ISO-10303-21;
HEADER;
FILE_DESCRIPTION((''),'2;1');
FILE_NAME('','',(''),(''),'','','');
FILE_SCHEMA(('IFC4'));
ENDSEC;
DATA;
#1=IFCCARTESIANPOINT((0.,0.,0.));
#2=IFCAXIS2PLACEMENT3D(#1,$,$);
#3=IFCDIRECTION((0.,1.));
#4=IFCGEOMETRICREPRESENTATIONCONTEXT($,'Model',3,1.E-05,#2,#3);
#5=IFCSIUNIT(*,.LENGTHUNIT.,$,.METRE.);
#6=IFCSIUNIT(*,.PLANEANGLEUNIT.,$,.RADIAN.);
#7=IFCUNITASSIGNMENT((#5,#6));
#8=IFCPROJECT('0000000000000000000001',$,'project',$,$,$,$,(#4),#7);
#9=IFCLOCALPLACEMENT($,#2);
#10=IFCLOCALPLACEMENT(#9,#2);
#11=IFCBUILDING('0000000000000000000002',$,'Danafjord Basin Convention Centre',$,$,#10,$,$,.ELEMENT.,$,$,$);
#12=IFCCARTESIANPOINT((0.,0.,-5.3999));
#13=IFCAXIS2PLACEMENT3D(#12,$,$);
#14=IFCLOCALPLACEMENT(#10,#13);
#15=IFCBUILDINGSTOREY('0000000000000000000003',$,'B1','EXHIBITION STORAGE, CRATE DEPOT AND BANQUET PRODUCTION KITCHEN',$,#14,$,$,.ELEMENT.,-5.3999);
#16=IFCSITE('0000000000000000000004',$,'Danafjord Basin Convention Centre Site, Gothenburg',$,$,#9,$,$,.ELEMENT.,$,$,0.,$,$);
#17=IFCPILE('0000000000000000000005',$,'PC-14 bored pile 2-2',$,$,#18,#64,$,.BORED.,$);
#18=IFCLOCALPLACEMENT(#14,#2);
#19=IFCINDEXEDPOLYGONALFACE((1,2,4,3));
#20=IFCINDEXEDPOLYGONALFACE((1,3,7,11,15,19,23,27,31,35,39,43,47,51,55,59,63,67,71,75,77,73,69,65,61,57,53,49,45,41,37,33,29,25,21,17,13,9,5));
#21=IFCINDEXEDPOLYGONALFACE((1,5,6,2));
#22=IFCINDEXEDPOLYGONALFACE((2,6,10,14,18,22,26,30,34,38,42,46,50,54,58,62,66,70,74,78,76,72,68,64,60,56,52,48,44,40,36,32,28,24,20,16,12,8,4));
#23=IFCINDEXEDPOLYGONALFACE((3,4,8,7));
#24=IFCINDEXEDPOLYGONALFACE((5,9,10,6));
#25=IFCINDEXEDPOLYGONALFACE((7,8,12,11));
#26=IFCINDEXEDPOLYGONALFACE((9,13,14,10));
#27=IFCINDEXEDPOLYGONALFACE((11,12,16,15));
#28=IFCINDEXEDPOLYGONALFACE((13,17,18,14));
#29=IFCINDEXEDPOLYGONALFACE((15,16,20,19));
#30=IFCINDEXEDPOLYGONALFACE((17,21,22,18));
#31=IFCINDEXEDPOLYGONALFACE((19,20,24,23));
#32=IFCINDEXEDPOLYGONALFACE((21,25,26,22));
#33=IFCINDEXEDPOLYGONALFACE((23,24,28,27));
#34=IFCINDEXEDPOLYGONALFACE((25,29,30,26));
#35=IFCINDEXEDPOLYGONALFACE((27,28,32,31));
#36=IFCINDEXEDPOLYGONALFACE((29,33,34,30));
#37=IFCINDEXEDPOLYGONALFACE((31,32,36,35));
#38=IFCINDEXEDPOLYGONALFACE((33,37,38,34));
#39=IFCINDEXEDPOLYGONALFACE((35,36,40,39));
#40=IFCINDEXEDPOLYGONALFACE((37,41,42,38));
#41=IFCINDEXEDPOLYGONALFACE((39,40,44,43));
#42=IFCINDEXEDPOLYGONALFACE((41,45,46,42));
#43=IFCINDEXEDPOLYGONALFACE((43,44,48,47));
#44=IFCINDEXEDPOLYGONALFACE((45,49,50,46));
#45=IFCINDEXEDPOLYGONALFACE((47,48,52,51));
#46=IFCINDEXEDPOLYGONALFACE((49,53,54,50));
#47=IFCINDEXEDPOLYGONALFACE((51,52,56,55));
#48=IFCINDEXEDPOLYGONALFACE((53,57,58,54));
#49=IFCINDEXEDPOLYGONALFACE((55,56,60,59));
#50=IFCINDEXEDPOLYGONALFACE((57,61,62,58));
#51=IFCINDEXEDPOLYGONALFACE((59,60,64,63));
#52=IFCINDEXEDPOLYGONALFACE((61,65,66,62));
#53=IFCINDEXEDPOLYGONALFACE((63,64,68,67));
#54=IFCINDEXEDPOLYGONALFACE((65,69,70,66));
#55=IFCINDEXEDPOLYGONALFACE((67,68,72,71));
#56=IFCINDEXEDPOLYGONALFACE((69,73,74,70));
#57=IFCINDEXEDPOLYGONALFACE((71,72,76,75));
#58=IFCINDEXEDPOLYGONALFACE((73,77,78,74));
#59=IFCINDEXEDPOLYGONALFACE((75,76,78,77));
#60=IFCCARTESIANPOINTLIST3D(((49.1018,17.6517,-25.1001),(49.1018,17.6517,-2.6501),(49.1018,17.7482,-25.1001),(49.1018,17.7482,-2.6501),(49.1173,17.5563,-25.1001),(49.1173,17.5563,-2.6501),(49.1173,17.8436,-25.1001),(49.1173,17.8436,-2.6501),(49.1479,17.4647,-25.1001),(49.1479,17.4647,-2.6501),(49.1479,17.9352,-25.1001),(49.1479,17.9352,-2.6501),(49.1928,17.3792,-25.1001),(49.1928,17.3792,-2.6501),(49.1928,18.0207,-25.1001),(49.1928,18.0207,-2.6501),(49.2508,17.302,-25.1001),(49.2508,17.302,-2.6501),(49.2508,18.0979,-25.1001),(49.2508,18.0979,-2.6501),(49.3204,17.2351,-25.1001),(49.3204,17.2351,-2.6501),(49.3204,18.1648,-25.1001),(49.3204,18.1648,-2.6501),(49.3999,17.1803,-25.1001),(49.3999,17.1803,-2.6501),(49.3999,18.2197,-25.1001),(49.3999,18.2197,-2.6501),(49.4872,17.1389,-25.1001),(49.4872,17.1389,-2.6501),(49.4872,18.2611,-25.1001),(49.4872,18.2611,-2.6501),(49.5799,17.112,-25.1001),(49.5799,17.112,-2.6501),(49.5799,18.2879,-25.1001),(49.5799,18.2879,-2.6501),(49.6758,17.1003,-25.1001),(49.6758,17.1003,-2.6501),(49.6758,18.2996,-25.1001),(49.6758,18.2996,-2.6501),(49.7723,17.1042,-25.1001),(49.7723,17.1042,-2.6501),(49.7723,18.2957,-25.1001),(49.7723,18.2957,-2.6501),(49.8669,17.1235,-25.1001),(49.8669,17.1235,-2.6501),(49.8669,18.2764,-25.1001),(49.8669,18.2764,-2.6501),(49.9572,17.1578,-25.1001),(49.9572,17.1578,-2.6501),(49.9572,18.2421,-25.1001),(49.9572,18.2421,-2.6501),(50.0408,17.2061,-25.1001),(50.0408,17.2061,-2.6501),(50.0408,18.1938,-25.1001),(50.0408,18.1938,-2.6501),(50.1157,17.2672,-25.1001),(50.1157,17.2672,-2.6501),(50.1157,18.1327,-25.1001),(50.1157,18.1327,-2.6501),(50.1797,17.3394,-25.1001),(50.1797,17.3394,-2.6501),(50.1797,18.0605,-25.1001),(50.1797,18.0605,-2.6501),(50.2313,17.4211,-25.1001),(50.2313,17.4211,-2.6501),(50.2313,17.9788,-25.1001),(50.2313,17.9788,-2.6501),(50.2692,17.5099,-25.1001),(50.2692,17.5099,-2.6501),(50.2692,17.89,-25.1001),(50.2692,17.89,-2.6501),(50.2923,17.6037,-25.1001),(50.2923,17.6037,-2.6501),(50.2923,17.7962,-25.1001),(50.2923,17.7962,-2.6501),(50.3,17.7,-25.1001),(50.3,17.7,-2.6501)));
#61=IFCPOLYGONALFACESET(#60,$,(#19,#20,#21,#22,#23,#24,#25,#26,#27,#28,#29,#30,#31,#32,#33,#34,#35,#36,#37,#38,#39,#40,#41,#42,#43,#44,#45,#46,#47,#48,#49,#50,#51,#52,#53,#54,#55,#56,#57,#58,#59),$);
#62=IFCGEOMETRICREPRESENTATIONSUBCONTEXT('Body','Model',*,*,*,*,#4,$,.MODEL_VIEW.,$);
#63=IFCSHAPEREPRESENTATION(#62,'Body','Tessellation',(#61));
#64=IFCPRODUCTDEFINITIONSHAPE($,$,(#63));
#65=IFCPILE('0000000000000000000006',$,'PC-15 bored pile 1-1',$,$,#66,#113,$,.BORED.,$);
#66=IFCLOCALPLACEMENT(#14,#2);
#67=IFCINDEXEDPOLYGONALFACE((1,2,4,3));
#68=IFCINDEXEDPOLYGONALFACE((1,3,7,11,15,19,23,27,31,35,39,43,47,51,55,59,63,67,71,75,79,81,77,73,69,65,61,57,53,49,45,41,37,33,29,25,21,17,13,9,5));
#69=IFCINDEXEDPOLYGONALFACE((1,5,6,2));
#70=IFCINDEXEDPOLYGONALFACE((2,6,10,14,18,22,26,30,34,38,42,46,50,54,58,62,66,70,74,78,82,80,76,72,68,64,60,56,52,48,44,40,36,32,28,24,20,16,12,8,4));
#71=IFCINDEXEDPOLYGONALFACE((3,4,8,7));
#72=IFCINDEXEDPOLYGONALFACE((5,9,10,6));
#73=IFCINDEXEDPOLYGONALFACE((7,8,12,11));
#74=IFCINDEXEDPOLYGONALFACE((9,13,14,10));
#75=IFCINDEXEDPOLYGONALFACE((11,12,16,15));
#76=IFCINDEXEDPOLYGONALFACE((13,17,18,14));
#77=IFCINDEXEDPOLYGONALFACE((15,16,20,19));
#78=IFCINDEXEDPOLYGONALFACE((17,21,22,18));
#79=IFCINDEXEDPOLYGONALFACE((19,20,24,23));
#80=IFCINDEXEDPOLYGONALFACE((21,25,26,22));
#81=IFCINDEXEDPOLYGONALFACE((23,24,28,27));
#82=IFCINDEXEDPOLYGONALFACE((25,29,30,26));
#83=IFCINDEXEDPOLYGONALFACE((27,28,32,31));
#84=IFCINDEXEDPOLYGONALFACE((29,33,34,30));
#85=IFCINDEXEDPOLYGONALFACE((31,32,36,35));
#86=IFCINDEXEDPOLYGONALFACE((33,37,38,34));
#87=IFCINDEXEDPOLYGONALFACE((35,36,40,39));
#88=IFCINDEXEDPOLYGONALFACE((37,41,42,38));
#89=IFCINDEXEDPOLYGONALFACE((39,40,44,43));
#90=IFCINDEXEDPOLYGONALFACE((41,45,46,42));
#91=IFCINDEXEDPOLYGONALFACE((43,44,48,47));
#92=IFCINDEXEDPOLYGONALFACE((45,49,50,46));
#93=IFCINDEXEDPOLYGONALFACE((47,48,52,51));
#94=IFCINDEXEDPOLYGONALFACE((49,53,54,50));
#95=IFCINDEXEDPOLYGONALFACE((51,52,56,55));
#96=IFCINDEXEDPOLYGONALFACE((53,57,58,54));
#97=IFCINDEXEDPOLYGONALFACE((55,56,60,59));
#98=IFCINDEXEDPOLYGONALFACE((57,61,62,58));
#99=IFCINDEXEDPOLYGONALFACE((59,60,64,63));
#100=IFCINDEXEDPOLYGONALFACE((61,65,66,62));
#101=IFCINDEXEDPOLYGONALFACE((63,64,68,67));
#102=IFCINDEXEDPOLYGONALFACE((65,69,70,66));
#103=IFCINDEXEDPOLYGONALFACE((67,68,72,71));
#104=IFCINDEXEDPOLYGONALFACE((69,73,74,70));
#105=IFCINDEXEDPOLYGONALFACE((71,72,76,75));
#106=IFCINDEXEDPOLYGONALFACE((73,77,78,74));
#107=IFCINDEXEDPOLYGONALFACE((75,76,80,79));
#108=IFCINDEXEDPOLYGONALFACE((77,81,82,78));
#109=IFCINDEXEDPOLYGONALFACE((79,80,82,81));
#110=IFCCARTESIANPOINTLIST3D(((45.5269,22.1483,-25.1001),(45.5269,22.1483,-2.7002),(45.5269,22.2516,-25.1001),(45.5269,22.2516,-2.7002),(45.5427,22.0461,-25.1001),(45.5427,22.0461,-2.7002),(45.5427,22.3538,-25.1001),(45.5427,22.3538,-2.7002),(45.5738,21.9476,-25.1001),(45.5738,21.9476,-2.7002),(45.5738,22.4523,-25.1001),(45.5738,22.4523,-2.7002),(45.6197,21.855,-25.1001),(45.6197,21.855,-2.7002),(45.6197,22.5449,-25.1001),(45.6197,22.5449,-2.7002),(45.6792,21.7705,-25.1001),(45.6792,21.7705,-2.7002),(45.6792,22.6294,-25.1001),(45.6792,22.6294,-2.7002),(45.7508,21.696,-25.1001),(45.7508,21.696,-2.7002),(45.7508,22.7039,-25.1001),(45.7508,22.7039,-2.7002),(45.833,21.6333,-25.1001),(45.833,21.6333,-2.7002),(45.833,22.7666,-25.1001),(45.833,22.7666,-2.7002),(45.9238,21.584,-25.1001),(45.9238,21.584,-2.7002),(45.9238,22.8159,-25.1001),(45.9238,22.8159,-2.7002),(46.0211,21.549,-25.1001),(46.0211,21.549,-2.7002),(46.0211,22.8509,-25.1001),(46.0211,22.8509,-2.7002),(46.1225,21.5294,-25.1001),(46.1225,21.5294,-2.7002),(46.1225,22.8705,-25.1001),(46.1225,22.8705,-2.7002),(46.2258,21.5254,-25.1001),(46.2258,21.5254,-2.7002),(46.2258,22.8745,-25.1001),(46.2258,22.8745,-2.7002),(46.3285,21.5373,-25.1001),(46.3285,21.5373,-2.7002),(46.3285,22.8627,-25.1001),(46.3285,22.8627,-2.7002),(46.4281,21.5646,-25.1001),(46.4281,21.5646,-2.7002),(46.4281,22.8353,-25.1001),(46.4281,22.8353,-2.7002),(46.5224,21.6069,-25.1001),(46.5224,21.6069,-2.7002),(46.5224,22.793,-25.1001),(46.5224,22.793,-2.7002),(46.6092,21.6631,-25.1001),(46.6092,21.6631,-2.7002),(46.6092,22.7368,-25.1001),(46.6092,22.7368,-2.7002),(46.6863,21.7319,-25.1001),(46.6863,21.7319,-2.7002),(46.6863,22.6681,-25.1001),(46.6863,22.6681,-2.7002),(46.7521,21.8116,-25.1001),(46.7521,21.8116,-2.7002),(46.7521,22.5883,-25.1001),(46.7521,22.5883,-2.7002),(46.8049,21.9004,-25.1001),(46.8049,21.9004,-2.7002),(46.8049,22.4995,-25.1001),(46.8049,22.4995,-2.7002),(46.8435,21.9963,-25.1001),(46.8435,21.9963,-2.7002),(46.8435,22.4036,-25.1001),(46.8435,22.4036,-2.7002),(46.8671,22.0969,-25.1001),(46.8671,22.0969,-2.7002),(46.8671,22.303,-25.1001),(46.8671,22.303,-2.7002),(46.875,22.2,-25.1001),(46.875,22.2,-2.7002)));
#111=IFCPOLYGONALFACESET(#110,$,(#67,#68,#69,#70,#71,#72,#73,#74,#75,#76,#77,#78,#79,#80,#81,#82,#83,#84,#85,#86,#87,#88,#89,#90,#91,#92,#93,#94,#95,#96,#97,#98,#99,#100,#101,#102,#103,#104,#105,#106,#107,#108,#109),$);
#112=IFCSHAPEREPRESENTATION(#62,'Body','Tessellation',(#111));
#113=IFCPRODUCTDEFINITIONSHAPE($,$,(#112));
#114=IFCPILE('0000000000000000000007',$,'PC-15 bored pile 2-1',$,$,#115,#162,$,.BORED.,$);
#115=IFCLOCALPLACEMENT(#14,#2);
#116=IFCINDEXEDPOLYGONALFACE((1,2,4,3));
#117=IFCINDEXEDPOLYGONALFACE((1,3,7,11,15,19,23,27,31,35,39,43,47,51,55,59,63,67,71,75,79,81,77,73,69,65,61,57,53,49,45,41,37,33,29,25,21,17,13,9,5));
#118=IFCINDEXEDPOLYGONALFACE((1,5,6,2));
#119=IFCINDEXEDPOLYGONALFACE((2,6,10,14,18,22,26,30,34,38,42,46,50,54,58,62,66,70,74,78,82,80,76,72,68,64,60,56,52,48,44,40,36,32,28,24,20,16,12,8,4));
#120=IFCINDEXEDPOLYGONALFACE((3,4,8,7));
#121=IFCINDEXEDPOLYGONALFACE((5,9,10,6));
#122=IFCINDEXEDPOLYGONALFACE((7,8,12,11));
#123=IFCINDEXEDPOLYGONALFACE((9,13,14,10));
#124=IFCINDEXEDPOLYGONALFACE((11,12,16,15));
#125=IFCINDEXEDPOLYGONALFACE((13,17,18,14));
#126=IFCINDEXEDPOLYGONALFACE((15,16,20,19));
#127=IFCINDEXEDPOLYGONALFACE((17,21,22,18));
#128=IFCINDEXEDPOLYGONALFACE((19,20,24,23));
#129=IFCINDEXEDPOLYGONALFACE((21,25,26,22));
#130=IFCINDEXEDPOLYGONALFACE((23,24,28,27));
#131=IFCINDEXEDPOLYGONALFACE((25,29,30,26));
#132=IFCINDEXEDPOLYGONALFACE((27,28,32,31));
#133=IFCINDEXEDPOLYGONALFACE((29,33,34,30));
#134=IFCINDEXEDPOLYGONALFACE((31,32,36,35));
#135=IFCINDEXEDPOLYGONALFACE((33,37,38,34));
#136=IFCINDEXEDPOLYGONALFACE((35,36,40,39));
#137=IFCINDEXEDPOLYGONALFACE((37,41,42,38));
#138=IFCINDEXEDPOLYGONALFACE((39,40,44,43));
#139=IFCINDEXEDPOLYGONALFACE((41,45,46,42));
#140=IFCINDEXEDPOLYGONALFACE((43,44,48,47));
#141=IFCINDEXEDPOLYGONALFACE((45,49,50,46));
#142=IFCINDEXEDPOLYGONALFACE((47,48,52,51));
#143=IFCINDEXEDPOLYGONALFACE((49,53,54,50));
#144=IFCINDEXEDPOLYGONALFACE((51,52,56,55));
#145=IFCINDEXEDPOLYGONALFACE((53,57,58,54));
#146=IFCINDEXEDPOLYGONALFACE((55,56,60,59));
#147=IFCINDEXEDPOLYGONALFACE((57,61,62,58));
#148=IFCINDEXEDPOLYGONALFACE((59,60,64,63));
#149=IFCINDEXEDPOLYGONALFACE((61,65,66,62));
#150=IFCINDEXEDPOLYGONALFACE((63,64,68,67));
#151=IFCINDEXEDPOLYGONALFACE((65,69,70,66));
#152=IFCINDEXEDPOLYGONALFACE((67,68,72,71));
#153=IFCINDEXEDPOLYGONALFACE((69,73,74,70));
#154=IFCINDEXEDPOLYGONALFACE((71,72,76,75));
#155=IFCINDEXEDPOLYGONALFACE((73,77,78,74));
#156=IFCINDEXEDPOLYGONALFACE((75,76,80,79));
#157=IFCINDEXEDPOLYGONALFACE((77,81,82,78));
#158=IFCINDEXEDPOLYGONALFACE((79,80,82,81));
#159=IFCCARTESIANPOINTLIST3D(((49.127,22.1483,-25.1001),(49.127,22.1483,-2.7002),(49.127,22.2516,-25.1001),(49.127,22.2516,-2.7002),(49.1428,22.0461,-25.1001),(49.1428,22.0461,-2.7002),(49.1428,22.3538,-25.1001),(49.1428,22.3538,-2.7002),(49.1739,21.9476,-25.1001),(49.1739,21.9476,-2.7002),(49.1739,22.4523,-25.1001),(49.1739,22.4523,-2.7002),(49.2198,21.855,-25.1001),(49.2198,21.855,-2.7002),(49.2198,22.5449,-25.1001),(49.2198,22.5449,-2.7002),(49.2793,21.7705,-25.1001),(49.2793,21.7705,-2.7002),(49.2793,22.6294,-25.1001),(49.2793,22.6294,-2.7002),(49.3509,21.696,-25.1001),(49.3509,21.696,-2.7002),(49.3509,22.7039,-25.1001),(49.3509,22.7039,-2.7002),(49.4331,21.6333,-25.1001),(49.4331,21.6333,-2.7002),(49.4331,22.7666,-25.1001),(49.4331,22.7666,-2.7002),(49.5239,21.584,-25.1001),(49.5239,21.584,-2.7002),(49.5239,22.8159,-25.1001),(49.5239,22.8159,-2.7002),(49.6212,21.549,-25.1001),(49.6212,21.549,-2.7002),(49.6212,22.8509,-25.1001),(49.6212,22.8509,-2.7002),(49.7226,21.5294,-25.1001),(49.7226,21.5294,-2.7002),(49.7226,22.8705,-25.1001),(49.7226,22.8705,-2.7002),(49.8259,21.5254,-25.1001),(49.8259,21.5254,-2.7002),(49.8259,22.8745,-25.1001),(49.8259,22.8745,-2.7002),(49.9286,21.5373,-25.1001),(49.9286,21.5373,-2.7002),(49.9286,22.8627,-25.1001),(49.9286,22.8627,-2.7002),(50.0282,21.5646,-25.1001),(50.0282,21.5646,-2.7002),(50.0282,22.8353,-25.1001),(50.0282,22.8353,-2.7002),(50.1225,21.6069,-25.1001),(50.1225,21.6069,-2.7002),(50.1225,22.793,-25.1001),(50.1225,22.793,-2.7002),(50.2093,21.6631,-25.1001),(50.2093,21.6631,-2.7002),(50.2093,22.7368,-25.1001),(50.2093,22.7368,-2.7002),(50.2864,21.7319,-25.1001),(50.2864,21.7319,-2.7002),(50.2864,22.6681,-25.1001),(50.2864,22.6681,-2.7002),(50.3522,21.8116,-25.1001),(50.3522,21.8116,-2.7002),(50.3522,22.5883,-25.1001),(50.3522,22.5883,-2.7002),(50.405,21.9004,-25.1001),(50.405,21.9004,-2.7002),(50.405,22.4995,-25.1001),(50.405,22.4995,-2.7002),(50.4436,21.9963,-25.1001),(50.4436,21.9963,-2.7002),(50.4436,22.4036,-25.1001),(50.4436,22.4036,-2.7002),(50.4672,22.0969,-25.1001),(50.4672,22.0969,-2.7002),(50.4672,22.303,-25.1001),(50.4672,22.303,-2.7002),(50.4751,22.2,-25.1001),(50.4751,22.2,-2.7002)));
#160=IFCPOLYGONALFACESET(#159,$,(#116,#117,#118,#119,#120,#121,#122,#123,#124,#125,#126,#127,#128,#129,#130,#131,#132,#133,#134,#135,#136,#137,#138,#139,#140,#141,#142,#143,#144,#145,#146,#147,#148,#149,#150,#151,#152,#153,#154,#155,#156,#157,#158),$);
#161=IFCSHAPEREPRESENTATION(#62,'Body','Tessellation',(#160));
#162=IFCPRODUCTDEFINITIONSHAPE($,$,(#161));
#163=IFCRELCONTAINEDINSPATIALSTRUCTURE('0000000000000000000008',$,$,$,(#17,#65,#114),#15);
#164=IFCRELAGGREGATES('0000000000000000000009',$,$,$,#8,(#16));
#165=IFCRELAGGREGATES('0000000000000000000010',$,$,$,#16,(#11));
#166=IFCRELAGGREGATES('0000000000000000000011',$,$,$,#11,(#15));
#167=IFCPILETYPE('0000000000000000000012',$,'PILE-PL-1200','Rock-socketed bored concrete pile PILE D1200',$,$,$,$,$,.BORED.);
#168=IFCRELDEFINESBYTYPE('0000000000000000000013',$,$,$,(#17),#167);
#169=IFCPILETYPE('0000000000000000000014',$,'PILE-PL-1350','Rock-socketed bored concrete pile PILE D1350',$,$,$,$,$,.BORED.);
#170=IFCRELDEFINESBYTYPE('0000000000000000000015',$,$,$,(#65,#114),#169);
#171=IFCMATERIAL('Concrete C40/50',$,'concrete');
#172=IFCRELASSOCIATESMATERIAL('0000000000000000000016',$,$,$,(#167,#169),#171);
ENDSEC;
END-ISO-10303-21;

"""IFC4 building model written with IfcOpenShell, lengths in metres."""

from ifc_helpers import new_model, si_unit, direction, frame, origin, origin_2d, place, context, subcontext, project, spatial, circle, extrude, material, material_profile, profile_set, type_object, element, save


model = new_model("IFC4")

# Units and contexts
model_context = context("Model", 3, precision=1e-05, world=origin(), true_north=direction((0.0, 1.0)))
body_context = subcontext(model_context, "Body", "Model", "MODEL_VIEW")
ifc_project = project(units=[si_unit("LENGTHUNIT", "METRE"), si_unit("PLANEANGLEUNIT", "RADIAN")], contexts=[model_context])

# Site, building, storey
site_placement = place(None, origin())
site = spatial("IfcSite", under=ifc_project, at=site_placement, Name="Danafjord Basin Convention Centre Site, Gothenburg", CompositionType="ELEMENT", RefElevation=0.0)
building_placement = place(site_placement, origin())
building = spatial("IfcBuilding", under=site, at=building_placement, Name="Danafjord Basin Convention Centre", CompositionType="ELEMENT")
storey_placement = place(building_placement, frame((0.0, 0.0, -5.3999)))
storey = spatial("IfcBuildingStorey", under=building, at=storey_placement, Name="B1", Description="EXHIBITION STORAGE, CRATE DEPOT AND BANQUET PRODUCTION KITCHEN", CompositionType="ELEMENT", Elevation=-5.3999)

# Shared definitions
ifc_material_1 = material(Name="Concrete C40/50", Category="concrete")

# Piles
ifc_material_profile_1 = material_profile(ifc_material_1, circle(Radius=0.6001, at=origin_2d()), Name="PILE D1200")
ifc_profile_set_1 = profile_set([ifc_material_profile_1], Name="Concrete C40/50")
pile_type_1 = type_object("IfcPileType", Name="PILE-PL-1200", Description="Rock-socketed bored concrete pile PILE D1200", PredefinedType="BORED", material=ifc_profile_set_1)
for number, where, z_axis, x_axis, name in (
    (1, (49.7, 17.7, -2.6501), (0.0, 0.0, -1.0), (1.0, 0.0, 0.0), "PC-14 bored pile 2-2"),
):
    element("IfcPile", number, at=place(storey_placement, frame(where, z_axis=z_axis, x_axis=x_axis)), inside=storey, type_object=pile_type_1, Name=name, PredefinedType="BORED", context=body_context, shape_type="SweptSolid", body=[
        extrude(circle(Radius=0.6001, at=origin_2d()), origin(), (0.0, 0.0, 1.0), 22.45),
    ])
ifc_material_profile_2 = material_profile(ifc_material_1, circle(Radius=0.675, at=origin_2d()), Name="PILE D1350")
ifc_profile_set_2 = profile_set([ifc_material_profile_2], Name="Concrete C40/50")
pile_type_2 = type_object("IfcPileType", Name="PILE-PL-1350", Description="Rock-socketed bored concrete pile PILE D1350", PredefinedType="BORED", material=ifc_profile_set_2)
for number, where, z_axis, x_axis, name in (
    (2, (46.2, 22.2, -2.7002), (0.0, 0.0, -1.0), (1.0, 0.0, 0.0), "PC-15 bored pile 1-1"),
    (3, (49.8, 22.2, -2.7002), (0.0, 0.0, -1.0), (1.0, 0.0, 0.0), "PC-15 bored pile 2-1"),
):
    element("IfcPile", number, at=place(storey_placement, frame(where, z_axis=z_axis, x_axis=x_axis)), inside=storey, type_object=pile_type_2, Name=name, PredefinedType="BORED", context=body_context, shape_type="SweptSolid", body=[
        extrude(circle(Radius=0.675, at=origin_2d()), origin(), (0.0, 0.0, 1.0), 22.3999),
    ])

save(model, "model.ifc")
